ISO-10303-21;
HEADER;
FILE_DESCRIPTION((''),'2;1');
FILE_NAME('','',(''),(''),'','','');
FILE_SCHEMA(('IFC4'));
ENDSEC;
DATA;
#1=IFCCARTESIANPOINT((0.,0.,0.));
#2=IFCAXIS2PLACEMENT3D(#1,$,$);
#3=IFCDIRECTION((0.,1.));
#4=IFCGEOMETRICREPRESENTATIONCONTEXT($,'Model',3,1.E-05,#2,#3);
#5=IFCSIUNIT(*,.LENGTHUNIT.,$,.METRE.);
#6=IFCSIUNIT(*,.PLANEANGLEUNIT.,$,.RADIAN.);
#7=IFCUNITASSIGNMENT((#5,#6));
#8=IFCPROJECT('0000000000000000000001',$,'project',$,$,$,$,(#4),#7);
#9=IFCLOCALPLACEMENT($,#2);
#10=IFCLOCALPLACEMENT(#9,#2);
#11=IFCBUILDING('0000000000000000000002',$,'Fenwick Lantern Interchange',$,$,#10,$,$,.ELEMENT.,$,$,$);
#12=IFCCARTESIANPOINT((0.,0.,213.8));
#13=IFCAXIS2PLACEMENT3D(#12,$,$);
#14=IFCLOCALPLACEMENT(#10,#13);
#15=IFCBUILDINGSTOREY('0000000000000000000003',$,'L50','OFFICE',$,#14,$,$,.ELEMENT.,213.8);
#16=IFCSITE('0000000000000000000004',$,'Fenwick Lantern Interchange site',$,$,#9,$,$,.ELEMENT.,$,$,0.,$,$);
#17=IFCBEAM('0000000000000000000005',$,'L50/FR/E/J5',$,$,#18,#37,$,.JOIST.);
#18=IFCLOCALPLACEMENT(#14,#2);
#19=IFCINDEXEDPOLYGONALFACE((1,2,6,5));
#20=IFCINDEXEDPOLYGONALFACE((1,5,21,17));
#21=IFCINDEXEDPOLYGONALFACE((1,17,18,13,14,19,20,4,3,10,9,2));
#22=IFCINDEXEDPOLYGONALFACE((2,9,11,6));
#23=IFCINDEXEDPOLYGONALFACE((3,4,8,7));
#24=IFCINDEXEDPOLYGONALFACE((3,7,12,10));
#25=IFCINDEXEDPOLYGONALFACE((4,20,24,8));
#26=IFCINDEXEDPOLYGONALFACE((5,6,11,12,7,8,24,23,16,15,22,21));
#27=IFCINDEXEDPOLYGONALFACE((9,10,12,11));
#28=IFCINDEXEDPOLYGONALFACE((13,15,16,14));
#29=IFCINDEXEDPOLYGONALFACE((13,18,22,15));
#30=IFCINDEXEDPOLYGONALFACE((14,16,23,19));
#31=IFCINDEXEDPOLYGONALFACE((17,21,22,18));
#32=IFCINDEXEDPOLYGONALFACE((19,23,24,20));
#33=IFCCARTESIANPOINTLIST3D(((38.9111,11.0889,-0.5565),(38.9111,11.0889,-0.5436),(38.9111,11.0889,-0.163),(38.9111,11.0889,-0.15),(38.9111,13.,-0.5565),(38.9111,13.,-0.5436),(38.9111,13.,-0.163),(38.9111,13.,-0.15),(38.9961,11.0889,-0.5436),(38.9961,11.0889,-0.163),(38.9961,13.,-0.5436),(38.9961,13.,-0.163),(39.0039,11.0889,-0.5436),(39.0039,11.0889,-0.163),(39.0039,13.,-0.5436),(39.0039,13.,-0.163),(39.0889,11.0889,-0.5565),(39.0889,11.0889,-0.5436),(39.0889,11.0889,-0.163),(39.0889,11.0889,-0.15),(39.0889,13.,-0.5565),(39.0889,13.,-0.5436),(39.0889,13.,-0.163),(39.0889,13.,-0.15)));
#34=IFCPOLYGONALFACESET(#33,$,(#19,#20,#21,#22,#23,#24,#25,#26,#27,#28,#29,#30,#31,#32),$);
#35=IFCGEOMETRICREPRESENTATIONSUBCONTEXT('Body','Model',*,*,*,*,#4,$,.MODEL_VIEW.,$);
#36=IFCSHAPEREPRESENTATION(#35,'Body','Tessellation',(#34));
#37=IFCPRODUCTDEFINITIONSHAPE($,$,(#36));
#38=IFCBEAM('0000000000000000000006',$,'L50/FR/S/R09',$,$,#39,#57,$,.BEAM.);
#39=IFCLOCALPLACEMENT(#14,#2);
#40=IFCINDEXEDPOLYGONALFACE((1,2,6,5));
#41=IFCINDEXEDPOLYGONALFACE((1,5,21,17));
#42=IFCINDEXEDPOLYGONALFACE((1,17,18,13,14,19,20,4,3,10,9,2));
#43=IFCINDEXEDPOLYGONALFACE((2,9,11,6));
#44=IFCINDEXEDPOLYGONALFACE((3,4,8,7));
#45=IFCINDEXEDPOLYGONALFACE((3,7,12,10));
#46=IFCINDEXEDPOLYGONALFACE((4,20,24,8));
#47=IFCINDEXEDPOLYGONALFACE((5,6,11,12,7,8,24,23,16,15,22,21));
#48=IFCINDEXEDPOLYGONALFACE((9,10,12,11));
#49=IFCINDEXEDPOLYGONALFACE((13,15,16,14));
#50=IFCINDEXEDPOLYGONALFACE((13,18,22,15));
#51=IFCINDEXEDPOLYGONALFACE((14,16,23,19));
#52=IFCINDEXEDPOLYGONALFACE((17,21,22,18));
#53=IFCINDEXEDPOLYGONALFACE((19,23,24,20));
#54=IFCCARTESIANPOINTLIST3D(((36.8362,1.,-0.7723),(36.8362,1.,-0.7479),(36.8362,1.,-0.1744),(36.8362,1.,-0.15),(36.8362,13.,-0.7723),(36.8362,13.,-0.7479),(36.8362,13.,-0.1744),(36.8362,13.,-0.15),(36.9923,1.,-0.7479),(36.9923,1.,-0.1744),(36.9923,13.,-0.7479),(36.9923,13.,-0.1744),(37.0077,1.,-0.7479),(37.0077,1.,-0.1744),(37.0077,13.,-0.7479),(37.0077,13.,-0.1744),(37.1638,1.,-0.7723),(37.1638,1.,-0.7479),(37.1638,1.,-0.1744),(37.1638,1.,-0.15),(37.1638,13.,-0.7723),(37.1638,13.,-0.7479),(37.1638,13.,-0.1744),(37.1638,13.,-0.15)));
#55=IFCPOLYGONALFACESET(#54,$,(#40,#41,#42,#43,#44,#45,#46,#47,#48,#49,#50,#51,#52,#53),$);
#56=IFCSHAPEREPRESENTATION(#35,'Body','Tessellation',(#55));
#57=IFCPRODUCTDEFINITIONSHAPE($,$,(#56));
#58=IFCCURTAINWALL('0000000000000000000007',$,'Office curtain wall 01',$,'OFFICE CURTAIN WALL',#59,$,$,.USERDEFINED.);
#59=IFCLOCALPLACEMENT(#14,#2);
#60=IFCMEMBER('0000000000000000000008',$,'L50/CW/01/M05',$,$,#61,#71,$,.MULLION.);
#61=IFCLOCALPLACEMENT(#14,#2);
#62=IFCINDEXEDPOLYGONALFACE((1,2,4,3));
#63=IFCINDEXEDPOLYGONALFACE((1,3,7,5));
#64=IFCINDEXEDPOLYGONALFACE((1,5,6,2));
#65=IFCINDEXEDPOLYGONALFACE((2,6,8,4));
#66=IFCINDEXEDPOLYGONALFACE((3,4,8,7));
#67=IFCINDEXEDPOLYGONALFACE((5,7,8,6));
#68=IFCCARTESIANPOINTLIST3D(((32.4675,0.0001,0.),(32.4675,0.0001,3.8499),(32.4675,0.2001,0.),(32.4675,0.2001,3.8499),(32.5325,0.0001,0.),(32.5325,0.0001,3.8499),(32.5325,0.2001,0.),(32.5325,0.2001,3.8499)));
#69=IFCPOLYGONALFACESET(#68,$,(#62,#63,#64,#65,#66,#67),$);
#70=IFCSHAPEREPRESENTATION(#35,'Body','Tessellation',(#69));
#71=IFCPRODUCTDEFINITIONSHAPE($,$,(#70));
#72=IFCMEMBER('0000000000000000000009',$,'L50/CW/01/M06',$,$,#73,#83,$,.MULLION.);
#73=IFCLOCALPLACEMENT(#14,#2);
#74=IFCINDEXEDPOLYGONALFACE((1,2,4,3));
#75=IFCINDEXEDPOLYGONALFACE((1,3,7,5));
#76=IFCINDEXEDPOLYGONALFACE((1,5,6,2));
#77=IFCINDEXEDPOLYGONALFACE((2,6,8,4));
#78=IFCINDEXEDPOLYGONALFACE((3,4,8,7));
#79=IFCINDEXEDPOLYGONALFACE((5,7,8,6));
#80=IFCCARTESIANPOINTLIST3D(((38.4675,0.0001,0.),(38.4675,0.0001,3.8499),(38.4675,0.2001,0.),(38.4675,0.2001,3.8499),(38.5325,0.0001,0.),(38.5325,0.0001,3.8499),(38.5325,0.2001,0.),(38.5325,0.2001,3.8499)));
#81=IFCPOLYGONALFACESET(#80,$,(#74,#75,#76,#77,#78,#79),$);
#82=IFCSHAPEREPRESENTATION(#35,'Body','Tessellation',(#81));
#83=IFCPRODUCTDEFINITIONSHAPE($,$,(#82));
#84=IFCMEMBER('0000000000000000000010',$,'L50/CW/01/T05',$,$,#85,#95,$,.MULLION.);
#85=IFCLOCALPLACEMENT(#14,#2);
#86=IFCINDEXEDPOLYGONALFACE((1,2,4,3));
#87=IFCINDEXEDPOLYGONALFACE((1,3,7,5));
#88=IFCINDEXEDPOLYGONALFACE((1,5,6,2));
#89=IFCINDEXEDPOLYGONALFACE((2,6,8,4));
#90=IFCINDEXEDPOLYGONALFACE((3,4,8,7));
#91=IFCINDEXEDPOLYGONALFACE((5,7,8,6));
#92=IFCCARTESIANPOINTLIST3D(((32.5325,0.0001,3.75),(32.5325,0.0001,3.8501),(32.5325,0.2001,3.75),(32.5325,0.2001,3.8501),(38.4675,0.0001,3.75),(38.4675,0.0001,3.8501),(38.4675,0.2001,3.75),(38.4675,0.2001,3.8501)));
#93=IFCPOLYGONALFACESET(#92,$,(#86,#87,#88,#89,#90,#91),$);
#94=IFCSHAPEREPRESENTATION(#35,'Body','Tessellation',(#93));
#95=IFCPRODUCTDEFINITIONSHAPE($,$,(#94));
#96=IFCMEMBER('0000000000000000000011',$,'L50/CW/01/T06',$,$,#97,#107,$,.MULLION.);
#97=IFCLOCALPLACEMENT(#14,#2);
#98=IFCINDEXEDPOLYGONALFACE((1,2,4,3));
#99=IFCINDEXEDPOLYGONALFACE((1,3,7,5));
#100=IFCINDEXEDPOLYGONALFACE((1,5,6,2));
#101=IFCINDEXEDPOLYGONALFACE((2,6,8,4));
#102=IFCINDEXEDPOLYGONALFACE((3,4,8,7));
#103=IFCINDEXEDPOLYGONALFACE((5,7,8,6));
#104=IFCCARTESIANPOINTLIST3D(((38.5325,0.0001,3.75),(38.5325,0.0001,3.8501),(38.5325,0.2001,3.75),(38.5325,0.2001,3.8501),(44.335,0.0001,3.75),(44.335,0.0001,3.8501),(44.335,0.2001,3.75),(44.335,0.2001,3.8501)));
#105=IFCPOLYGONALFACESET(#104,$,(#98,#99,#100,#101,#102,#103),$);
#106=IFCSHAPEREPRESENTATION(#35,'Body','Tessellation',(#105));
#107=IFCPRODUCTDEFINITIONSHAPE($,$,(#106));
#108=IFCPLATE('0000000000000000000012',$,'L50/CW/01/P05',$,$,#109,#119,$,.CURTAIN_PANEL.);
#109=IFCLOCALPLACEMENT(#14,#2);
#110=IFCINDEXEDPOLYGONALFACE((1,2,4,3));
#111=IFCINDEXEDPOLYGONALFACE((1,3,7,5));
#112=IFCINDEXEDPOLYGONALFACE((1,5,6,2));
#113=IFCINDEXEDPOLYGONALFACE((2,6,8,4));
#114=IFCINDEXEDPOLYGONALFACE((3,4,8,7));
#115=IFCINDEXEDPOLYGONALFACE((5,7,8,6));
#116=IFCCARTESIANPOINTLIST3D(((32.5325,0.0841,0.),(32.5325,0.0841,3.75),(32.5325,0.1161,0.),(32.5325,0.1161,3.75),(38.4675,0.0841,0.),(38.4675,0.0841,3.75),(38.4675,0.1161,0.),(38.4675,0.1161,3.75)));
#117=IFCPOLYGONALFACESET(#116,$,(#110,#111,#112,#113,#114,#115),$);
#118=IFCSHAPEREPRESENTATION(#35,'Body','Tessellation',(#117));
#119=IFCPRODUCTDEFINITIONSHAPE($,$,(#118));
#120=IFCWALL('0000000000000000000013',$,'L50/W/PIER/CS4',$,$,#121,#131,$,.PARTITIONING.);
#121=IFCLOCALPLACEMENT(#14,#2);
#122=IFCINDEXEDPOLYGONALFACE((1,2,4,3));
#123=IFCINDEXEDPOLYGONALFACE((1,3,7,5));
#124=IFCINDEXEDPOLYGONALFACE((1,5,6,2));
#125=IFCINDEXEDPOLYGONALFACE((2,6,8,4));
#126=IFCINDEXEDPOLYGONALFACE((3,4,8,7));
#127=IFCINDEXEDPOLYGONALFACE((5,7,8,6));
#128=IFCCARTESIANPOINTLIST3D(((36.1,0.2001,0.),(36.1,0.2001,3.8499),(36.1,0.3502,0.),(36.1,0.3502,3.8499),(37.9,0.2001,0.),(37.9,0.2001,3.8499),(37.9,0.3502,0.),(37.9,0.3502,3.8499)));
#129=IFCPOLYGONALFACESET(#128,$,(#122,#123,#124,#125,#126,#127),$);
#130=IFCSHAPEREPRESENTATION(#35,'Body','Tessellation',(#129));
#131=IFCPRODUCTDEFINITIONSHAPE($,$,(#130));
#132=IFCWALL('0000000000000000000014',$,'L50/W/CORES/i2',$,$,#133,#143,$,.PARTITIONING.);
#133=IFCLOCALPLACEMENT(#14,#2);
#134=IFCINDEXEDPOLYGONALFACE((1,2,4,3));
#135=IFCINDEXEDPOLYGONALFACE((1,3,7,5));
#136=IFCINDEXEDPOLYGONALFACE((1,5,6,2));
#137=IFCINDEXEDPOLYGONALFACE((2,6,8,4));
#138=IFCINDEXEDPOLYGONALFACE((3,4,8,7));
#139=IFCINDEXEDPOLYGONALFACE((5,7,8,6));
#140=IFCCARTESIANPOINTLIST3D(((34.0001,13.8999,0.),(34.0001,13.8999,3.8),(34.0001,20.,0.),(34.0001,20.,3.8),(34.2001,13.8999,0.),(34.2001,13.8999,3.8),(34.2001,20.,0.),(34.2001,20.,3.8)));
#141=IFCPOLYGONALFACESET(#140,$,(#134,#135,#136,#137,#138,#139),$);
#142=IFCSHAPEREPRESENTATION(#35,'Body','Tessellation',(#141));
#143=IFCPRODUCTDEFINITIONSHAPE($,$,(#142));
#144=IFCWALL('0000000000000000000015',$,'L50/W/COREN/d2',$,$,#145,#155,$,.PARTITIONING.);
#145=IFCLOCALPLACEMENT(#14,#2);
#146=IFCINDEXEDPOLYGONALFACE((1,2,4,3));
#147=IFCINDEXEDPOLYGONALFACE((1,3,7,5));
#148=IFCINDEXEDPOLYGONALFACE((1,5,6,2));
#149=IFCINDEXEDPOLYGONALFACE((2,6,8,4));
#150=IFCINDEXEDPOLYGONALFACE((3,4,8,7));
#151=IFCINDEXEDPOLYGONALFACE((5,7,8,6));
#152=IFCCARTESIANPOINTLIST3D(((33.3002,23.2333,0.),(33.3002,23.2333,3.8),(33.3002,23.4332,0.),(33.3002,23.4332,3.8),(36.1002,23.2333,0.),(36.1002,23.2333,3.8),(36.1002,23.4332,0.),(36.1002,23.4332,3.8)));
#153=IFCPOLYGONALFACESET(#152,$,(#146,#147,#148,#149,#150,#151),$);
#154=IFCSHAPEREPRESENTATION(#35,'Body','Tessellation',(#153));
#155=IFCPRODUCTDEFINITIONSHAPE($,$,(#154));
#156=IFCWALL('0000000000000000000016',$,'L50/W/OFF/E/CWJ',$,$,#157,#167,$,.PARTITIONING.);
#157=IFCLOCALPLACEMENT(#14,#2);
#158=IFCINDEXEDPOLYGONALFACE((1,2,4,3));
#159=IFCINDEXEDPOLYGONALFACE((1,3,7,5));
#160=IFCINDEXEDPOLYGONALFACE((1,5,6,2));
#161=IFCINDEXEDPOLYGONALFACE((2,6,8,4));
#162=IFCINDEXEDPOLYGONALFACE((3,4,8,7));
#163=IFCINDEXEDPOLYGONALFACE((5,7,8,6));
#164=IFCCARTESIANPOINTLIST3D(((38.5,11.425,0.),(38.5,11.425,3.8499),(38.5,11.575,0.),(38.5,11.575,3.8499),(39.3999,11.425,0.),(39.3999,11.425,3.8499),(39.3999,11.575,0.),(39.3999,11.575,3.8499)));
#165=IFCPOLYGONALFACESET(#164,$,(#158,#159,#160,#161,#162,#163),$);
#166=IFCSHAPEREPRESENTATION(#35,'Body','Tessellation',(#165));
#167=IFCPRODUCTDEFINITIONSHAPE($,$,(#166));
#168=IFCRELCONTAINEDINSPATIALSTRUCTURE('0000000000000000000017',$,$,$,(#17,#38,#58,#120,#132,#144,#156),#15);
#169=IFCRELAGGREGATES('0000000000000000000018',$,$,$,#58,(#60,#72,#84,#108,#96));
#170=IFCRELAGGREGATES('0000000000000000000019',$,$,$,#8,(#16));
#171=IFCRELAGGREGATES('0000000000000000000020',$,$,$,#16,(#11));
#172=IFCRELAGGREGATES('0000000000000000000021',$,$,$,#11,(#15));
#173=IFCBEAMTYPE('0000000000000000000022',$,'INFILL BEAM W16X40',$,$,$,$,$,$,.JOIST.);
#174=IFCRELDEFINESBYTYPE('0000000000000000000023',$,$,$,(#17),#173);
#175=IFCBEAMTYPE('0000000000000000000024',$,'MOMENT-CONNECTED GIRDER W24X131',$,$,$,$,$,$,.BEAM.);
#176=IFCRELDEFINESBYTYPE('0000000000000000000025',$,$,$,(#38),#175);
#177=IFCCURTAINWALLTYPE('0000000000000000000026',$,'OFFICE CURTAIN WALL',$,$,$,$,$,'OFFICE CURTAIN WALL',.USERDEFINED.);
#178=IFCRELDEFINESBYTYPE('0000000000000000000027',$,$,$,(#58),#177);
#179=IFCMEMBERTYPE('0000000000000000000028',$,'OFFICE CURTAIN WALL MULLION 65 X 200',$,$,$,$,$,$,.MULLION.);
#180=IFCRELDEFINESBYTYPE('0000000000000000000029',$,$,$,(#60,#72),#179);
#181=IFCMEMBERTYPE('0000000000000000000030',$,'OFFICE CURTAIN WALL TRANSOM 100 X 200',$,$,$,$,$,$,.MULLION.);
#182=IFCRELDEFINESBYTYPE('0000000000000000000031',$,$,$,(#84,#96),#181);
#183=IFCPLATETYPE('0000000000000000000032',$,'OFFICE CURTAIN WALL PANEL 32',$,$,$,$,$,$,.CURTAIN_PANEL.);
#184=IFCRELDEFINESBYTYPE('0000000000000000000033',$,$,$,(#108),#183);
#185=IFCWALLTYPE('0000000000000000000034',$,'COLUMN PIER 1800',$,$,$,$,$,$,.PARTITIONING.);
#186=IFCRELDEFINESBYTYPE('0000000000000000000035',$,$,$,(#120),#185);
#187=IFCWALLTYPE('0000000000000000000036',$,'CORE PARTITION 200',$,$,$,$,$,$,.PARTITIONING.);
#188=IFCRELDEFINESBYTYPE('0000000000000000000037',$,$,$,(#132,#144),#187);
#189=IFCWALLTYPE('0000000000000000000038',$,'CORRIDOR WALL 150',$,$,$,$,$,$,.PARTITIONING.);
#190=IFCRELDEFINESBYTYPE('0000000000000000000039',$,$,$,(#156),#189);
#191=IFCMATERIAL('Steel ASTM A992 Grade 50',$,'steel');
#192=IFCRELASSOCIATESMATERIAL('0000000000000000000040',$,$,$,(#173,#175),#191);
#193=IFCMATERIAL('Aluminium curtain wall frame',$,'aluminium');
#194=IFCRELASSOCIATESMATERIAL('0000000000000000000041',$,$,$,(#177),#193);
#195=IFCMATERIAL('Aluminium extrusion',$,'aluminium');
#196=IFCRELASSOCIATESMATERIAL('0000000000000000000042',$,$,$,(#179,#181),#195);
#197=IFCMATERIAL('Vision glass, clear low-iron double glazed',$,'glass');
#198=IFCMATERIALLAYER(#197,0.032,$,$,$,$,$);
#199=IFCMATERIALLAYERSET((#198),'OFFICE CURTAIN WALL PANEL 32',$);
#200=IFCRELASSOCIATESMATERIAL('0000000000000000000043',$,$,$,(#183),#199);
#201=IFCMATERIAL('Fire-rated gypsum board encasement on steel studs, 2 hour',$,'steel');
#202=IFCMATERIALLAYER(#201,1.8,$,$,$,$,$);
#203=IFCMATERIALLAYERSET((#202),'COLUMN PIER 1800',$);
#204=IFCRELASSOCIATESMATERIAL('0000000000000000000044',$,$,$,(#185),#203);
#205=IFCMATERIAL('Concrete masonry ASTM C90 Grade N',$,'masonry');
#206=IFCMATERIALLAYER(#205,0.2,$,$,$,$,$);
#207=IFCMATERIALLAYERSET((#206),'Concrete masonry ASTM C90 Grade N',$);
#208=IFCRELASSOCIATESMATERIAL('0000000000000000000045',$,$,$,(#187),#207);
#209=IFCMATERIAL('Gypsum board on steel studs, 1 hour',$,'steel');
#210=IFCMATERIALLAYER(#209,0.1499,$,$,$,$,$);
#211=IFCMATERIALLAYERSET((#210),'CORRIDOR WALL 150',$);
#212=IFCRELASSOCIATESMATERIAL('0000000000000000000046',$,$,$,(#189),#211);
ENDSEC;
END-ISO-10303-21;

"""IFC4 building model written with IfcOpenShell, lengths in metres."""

from ifc_helpers import new_model, si_unit, direction, frame, frame_2d, origin, origin_2d, place, context, subcontext, project, spatial, rectangle, i_section, extrude, material, layer, layer_set, material_profile, profile_set, type_object, element, aggregate, save


model = new_model("IFC4")

# Units and contexts
model_context = context("Model", 3, precision=1e-05, world=origin(), true_north=direction((0.0, 1.0)))
body_context = subcontext(model_context, "Body", "Model", "MODEL_VIEW")
ifc_project = project(units=[si_unit("LENGTHUNIT", "METRE"), si_unit("PLANEANGLEUNIT", "RADIAN")], contexts=[model_context])

# Site, building, storey
site_placement = place(None, origin())
site = spatial("IfcSite", under=ifc_project, at=site_placement, Name="Fenwick Lantern Interchange site", CompositionType="ELEMENT", RefElevation=0.0)
building_placement = place(site_placement, origin())
building = spatial("IfcBuilding", under=site, at=building_placement, Name="Fenwick Lantern Interchange", CompositionType="ELEMENT")
storey_placement = place(building_placement, frame((0.0, 0.0, 213.8)))
storey = spatial("IfcBuildingStorey", under=building, at=storey_placement, Name="L50", Description="OFFICE", CompositionType="ELEMENT", Elevation=213.8)

# Beams
ifc_material_1 = material(Name="Steel ASTM A992 Grade 50", Category="steel")
ifc_material_profile_1 = material_profile(ifc_material_1, i_section(OverallWidth=0.1777, OverallDepth=0.4065, WebThickness=0.0078, FlangeThickness=0.0129, at=origin_2d()), Name="W16X40")
ifc_profile_set_1 = profile_set([ifc_material_profile_1], Name="Steel ASTM A992 Grade 50")
beam_type_1 = type_object("IfcBeamType", Name="INFILL BEAM W16X40", PredefinedType="JOIST", material=ifc_profile_set_1)
beam_1_placement = place(storey_placement, frame((39.0, 11.0889, -0.3533), z_axis=(0.0, 1.0, 0.0), x_axis=(-1.0, 0.0, 0.0)))
element("IfcBeam", 1, at=beam_1_placement, inside=storey, type_object=beam_type_1, Name="L50/FR/E/J5", PredefinedType="JOIST", context=body_context, shape_type="SweptSolid", body=[
    extrude(i_section(OverallWidth=0.1777, OverallDepth=0.4065, WebThickness=0.0078, FlangeThickness=0.0129, at=origin_2d()), origin(), (0.0, 0.0, 1.0), 1.9111),
])
ifc_material_profile_2 = material_profile(ifc_material_1, i_section(OverallWidth=0.3276, OverallDepth=0.6223, WebThickness=0.0154, FlangeThickness=0.0244, at=origin_2d()), Name="W24X131")
ifc_profile_set_2 = profile_set([ifc_material_profile_2], Name="Steel ASTM A992 Grade 50")
beam_type_2 = type_object("IfcBeamType", Name="MOMENT-CONNECTED GIRDER W24X131", PredefinedType="BEAM", material=ifc_profile_set_2)
beam_2_placement = place(storey_placement, frame((37.0, 1.0, -0.4612), z_axis=(0.0, 1.0, 0.0), x_axis=(-1.0, 0.0, 0.0)))
element("IfcBeam", 2, at=beam_2_placement, inside=storey, type_object=beam_type_2, Name="L50/FR/S/R09", PredefinedType="BEAM", context=body_context, shape_type="SweptSolid", body=[
    extrude(i_section(OverallWidth=0.3276, OverallDepth=0.6223, WebThickness=0.0154, FlangeThickness=0.0244, at=origin_2d()), origin(), (0.0, 0.0, 1.0), 12.0),
])

# Curtain wall, members, plate
ifc_material_2 = material(Name="Aluminium curtain wall frame", Category="aluminium")
curtain_wall_type = type_object("IfcCurtainWallType", Name="OFFICE CURTAIN WALL", ElementType="OFFICE CURTAIN WALL", PredefinedType="USERDEFINED", material=ifc_material_2)
curtain_wall_placement = place(storey_placement, origin())
curtain_wall = element("IfcCurtainWall", 3, at=curtain_wall_placement, inside=storey, type_object=curtain_wall_type, Name="Office curtain wall 01", ObjectType="OFFICE CURTAIN WALL", PredefinedType="USERDEFINED")
ifc_material_3 = material(Name="Aluminium extrusion", Category="aluminium")
ifc_material_profile_3 = material_profile(ifc_material_3, rectangle(XDim=0.2, YDim=0.0649, at=origin_2d()), Name="OFFICE CURTAIN WALL MULLION 65 X 200")
ifc_profile_set_3 = profile_set([ifc_material_profile_3], Name="Aluminium extrusion")
member_type_1 = type_object("IfcMemberType", Name="OFFICE CURTAIN WALL MULLION 65 X 200", PredefinedType="MULLION", material=ifc_profile_set_3)
member_1_placement = place(storey_placement, frame((32.5, 0.1001, 0.0), z_axis=(0.0, 0.0, 1.0), x_axis=(0.0, 1.0, 0.0)))
member_1 = element("IfcMember", 4, at=member_1_placement, type_object=member_type_1, Name="L50/CW/01/M05", PredefinedType="MULLION", context=body_context, shape_type="SweptSolid", body=[
    extrude(rectangle(XDim=0.2, YDim=0.0649, at=origin_2d()), origin(), (0.0, 0.0, 1.0), 3.8499),
])
member_2_placement = place(storey_placement, frame((38.5, 0.1001, 0.0), z_axis=(0.0, 0.0, 1.0), x_axis=(0.0, 1.0, 0.0)))
member_2 = element("IfcMember", 5, at=member_2_placement, type_object=member_type_1, Name="L50/CW/01/M06", PredefinedType="MULLION", context=body_context, shape_type="SweptSolid", body=[
    extrude(rectangle(XDim=0.2, YDim=0.0649, at=origin_2d()), origin(), (0.0, 0.0, 1.0), 3.8499),
])
ifc_material_profile_4 = material_profile(ifc_material_3, rectangle(XDim=0.2, YDim=0.1001, at=origin_2d()), Name="OFFICE CURTAIN WALL TRANSOM 100 X 200")
ifc_profile_set_4 = profile_set([ifc_material_profile_4], Name="Aluminium extrusion")
member_type_2 = type_object("IfcMemberType", Name="OFFICE CURTAIN WALL TRANSOM 100 X 200", PredefinedType="MULLION", material=ifc_profile_set_4)
member_3_placement = place(storey_placement, frame((32.5325, 0.1001, 3.8), z_axis=(1.0, 0.0, 0.0), x_axis=(0.0, 1.0, 0.0)))
member_3 = element("IfcMember", 6, at=member_3_placement, type_object=member_type_2, Name="L50/CW/01/T05", PredefinedType="MULLION", context=body_context, shape_type="SweptSolid", body=[
    extrude(rectangle(XDim=0.2, YDim=0.1001, at=origin_2d()), origin(), (0.0, 0.0, 1.0), 5.9351),
])
member_4_placement = place(storey_placement, frame((38.5325, 0.1001, 3.8), z_axis=(1.0, 0.0, 0.0), x_axis=(0.0, 1.0, 0.0)))
member_4 = element("IfcMember", 7, at=member_4_placement, type_object=member_type_2, Name="L50/CW/01/T06", PredefinedType="MULLION", context=body_context, shape_type="SweptSolid", body=[
    extrude(rectangle(XDim=0.2, YDim=0.1001, at=origin_2d()), origin(), (0.0, 0.0, 1.0), 5.8025),
])
ifc_material_4 = material(Name="Vision glass, clear low-iron double glazed", Category="glass")
ifc_layer_1 = layer(ifc_material_4, 0.032)
ifc_layer_set_1 = layer_set([ifc_layer_1], Name="OFFICE CURTAIN WALL PANEL 32")
plate_type = type_object("IfcPlateType", Name="OFFICE CURTAIN WALL PANEL 32", PredefinedType="CURTAIN_PANEL", material=ifc_layer_set_1)
plate_placement = place(storey_placement, frame((35.5, 0.1001, 0.0), z_axis=(0.0, 0.0, 1.0), x_axis=(1.0, 0.0, 0.0)))
plate = element("IfcPlate", 8, at=plate_placement, type_object=plate_type, Name="L50/CW/01/P05", PredefinedType="CURTAIN_PANEL", context=body_context, shape_type="SweptSolid", body=[
    extrude(rectangle(XDim=5.9351, YDim=0.032, at=origin_2d()), origin(), (0.0, 0.0, 1.0), 3.75),
])
aggregate(curtain_wall, [member_1, member_2, member_3, plate, member_4])

# Walls
ifc_material_5 = material(Name="Fire-rated gypsum board encasement on steel studs, 2 hour", Category="steel")
ifc_layer_2 = layer(ifc_material_5, 1.8)
ifc_layer_set_2 = layer_set([ifc_layer_2], Name="COLUMN PIER 1800")
wall_type_1 = type_object("IfcWallType", Name="COLUMN PIER 1800", PredefinedType="PARTITIONING", material=ifc_layer_set_2)
wall_1_placement = place(storey_placement, frame((37.0, 0.2, 0.0), z_axis=(0.0, 0.0, 1.0), x_axis=(0.0, 1.0, 0.0)))
element("IfcWall", 9, at=wall_1_placement, inside=storey, type_object=wall_type_1, Name="L50/W/PIER/CS4", PredefinedType="PARTITIONING", context=body_context, shape_type="SweptSolid", body=[
    extrude(rectangle(XDim=0.1501, YDim=1.8, at=frame_2d((0.0752, 0.0))), origin(), (0.0, 0.0, 1.0), 3.8499),
])
ifc_material_6 = material(Name="Concrete masonry ASTM C90 Grade N", Category="masonry")
ifc_layer_3 = layer(ifc_material_6, 0.2)
ifc_layer_set_3 = layer_set([ifc_layer_3], Name="Concrete masonry ASTM C90 Grade N")
wall_type_2 = type_object("IfcWallType", Name="CORE PARTITION 200", PredefinedType="PARTITIONING", material=ifc_layer_set_3)
wall_2_placement = place(storey_placement, frame((34.1001, 13.8999, 0.0), z_axis=(0.0, 0.0, 1.0), x_axis=(0.0, 1.0, 0.0)))
element("IfcWall", 10, at=wall_2_placement, inside=storey, type_object=wall_type_2, Name="L50/W/CORES/i2", PredefinedType="PARTITIONING", context=body_context, shape_type="SweptSolid", body=[
    extrude(rectangle(XDim=6.1001, YDim=0.2, at=frame_2d((3.05, 0.0))), origin(), (0.0, 0.0, 1.0), 3.8),
])
wall_3_placement = place(storey_placement, frame((36.1001, 23.3333, 0.0), z_axis=(0.0, 0.0, 1.0), x_axis=(-1.0, 0.0, 0.0)))
element("IfcWall", 11, at=wall_3_placement, inside=storey, type_object=wall_type_2, Name="L50/W/COREN/d2", PredefinedType="PARTITIONING", context=body_context, shape_type="SweptSolid", body=[
    extrude(rectangle(XDim=2.8, YDim=0.2, at=frame_2d((1.3999, 0.0))), origin(), (0.0, 0.0, 1.0), 3.8),
])

# Wall
ifc_material_7 = material(Name="Gypsum board on steel studs, 1 hour", Category="steel")
ifc_layer_4 = layer(ifc_material_7, 0.1499)
ifc_layer_set_4 = layer_set([ifc_layer_4], Name="CORRIDOR WALL 150")
wall_type_3 = type_object("IfcWallType", Name="CORRIDOR WALL 150", PredefinedType="PARTITIONING", material=ifc_layer_set_4)
wall_4_placement = place(storey_placement, frame((38.5, 11.5, 0.0), z_axis=(0.0, 0.0, 1.0), x_axis=(1.0, 0.0, 0.0)))
element("IfcWall", 12, at=wall_4_placement, inside=storey, type_object=wall_type_3, Name="L50/W/OFF/E/CWJ", PredefinedType="PARTITIONING", context=body_context, shape_type="SweptSolid", body=[
    extrude(rectangle(XDim=0.8999, YDim=0.1499, at=frame_2d((0.45, 0.0))), origin(), (0.0, 0.0, 1.0), 3.8499),
])

save(model, "model.ifc")
